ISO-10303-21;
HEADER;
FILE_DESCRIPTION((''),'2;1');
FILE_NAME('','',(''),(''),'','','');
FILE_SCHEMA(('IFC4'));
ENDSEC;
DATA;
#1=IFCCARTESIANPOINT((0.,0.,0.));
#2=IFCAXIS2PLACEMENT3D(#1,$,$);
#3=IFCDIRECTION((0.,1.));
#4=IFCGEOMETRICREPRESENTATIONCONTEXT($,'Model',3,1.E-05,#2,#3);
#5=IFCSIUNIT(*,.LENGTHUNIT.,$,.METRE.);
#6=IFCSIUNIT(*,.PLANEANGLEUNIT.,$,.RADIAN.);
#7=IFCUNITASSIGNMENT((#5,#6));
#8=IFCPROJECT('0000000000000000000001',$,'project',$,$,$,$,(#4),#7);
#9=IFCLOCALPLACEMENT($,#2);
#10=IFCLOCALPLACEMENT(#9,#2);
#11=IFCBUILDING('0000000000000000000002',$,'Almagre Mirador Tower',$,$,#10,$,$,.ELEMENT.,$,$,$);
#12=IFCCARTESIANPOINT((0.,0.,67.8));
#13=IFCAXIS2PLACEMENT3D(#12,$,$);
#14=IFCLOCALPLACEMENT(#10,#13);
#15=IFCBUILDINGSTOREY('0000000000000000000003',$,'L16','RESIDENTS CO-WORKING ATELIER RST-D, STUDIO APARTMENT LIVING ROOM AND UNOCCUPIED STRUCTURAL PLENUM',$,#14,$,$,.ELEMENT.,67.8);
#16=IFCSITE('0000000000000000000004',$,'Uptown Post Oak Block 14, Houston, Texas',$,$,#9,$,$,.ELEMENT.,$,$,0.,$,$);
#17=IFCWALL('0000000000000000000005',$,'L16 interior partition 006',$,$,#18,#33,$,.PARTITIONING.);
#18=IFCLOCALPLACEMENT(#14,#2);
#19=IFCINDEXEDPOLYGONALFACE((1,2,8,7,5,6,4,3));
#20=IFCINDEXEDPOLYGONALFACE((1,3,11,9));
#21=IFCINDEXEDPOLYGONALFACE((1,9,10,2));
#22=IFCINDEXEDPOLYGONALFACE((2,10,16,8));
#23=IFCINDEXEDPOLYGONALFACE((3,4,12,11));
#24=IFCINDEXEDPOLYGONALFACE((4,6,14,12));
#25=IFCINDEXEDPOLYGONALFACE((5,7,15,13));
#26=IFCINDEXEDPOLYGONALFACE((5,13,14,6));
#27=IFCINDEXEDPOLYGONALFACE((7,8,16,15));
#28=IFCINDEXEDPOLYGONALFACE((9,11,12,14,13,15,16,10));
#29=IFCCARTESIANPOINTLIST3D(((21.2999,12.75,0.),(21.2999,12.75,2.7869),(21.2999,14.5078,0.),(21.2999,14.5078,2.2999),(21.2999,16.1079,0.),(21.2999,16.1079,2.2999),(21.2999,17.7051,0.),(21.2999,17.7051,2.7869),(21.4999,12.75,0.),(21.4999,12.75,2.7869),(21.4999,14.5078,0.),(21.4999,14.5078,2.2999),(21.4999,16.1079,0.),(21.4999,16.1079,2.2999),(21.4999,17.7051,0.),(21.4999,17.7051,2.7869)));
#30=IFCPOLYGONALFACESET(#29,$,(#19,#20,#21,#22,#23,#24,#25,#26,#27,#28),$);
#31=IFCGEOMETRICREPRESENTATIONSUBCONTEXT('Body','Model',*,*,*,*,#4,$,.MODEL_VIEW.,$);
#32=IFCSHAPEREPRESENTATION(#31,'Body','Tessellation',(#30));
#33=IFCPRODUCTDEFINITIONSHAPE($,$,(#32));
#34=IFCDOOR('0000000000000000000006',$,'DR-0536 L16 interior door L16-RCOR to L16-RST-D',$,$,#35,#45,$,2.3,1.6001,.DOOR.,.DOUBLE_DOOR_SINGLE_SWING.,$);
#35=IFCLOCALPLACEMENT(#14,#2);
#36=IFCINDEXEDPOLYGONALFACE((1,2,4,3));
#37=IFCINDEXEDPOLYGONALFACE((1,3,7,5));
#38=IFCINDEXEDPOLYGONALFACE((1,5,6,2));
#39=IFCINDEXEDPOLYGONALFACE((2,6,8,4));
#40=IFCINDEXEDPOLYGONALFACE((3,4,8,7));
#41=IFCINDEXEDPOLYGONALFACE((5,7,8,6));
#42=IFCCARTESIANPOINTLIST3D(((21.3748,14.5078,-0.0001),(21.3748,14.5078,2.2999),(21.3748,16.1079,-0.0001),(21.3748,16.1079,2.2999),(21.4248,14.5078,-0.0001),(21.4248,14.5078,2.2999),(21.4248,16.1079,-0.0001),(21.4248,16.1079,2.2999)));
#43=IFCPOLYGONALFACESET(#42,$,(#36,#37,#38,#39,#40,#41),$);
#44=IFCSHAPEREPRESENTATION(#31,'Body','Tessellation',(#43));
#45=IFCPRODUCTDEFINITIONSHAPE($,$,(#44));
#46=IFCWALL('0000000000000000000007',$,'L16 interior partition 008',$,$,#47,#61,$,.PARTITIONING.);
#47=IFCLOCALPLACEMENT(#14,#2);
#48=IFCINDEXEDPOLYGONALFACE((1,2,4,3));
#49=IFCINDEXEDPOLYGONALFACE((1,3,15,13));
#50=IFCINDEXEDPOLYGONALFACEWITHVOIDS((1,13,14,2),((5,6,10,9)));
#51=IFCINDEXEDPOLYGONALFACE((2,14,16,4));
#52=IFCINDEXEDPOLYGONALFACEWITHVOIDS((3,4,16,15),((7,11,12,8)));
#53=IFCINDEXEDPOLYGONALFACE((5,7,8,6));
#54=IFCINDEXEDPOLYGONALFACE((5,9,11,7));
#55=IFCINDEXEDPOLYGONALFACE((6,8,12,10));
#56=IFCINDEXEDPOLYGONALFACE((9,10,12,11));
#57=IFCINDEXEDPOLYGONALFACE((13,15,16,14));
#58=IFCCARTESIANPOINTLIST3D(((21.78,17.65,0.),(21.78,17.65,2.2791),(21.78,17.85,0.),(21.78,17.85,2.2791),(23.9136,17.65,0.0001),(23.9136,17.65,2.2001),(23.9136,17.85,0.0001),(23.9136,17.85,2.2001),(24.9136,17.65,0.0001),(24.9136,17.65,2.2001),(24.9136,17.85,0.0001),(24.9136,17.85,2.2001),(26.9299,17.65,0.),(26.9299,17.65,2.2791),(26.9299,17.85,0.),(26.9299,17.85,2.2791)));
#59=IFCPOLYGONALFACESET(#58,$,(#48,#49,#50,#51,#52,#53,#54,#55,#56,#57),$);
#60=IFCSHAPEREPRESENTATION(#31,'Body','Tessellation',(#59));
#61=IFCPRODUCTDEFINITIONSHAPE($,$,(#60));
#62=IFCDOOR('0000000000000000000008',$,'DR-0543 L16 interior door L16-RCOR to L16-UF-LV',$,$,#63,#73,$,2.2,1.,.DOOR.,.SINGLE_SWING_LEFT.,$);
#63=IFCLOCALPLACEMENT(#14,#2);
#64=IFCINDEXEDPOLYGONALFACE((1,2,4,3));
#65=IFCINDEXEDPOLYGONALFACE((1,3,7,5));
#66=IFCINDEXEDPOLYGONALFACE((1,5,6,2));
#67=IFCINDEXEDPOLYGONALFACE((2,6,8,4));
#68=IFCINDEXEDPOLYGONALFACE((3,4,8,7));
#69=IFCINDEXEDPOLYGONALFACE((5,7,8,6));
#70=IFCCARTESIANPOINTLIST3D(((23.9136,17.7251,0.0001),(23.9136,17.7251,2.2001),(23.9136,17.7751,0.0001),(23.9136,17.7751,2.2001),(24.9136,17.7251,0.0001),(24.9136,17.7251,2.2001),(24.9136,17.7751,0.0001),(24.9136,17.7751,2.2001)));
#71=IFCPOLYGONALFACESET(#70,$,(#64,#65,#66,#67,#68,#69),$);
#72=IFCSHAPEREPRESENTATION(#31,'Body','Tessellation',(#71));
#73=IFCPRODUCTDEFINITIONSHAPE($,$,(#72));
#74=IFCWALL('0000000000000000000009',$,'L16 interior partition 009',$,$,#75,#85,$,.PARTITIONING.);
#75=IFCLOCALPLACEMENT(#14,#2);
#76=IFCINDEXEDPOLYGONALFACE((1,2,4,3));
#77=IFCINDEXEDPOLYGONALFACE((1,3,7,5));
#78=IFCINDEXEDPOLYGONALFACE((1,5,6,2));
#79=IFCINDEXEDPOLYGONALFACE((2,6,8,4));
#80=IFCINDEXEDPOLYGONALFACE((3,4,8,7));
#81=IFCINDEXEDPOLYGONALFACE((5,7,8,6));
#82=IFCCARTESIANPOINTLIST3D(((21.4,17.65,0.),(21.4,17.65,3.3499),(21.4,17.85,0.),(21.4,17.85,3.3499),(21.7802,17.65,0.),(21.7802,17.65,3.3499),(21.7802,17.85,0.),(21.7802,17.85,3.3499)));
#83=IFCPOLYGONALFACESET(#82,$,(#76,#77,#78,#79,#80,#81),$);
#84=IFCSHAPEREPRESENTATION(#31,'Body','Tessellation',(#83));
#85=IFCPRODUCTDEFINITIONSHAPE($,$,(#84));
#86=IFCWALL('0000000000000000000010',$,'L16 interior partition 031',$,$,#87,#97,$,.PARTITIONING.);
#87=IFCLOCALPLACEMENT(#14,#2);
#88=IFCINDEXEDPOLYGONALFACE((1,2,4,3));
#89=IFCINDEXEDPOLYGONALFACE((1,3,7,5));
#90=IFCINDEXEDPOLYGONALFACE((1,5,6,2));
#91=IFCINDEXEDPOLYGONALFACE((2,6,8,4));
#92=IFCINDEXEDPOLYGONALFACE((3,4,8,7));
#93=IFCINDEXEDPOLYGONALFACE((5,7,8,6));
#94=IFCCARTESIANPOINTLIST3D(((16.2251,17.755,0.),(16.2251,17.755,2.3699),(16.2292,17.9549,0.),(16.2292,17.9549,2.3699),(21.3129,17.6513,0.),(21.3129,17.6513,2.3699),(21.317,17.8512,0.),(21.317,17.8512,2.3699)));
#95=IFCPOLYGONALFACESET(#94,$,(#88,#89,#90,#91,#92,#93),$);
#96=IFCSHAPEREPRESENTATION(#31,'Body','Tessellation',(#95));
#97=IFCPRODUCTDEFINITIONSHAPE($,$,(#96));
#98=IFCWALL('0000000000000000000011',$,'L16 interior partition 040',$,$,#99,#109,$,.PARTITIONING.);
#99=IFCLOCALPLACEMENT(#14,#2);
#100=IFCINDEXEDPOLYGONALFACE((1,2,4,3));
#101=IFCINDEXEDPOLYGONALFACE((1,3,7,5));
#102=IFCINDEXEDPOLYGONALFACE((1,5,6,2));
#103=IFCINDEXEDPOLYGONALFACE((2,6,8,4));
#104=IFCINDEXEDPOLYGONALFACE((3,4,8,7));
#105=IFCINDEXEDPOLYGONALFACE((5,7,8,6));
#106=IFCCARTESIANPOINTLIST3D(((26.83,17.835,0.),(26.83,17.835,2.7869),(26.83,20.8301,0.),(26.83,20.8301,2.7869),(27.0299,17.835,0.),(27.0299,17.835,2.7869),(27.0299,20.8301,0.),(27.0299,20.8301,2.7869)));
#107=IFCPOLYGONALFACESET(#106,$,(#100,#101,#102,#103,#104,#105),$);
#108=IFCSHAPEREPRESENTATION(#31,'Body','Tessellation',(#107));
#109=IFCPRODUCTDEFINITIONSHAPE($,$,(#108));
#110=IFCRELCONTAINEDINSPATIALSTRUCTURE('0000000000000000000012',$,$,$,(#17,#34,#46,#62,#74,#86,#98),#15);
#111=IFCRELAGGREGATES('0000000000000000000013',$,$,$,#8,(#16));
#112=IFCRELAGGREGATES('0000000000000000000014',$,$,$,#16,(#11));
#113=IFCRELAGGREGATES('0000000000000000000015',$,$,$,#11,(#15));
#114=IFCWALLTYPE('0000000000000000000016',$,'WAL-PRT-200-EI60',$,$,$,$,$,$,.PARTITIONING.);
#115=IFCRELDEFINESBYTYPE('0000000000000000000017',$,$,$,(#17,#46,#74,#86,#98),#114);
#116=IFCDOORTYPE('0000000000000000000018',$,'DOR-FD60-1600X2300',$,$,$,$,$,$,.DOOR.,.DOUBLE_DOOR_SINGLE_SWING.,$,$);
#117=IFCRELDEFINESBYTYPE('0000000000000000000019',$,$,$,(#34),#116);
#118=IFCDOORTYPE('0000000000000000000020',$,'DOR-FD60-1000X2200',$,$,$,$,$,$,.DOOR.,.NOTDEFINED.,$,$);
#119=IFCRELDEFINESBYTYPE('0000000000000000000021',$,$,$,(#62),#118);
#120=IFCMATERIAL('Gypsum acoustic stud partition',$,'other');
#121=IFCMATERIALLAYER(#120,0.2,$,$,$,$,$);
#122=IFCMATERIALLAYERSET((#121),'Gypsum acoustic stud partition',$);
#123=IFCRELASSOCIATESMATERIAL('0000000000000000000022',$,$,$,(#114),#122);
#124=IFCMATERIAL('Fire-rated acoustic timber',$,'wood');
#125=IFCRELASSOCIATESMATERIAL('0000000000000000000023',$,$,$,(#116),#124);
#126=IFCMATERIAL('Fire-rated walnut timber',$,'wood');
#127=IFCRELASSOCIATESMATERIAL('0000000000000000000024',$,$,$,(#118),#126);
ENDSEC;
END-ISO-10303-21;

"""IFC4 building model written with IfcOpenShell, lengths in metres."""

from ifc_helpers import new_model, si_unit, direction, frame, frame_2d, origin, place, context, subcontext, project, spatial, rectangle, extrude, material, layer, layer_set, type_object, element, fill, save


model = new_model("IFC4")

# Units and contexts
model_context = context("Model", 3, precision=1e-05, world=origin(), true_north=direction((0.0, 1.0)))
body_context = subcontext(model_context, "Body", "Model", "MODEL_VIEW")
ifc_project = project(units=[si_unit("LENGTHUNIT", "METRE"), si_unit("PLANEANGLEUNIT", "RADIAN")], contexts=[model_context])

# Site, building, storey
site_placement = place(None, origin())
site = spatial("IfcSite", under=ifc_project, at=site_placement, Name="Uptown Post Oak Block 14, Houston, Texas", CompositionType="ELEMENT", RefElevation=0.0)
building_placement = place(site_placement, origin())
building = spatial("IfcBuilding", under=site, at=building_placement, Name="Almagre Mirador Tower", CompositionType="ELEMENT")
storey_placement = place(building_placement, frame((0.0, 0.0, 67.8)))
storey = spatial("IfcBuildingStorey", under=building, at=storey_placement, Name="L16", Description="RESIDENTS CO-WORKING ATELIER RST-D, STUDIO APARTMENT LIVING ROOM AND UNOCCUPIED STRUCTURAL PLENUM", CompositionType="ELEMENT", Elevation=67.8)

# Walls, openings, doors
ifc_material_1 = material(Name="Gypsum acoustic stud partition", Category="other")
ifc_layer_1 = layer(ifc_material_1, 0.2)
ifc_layer_set_1 = layer_set([ifc_layer_1], Name="Gypsum acoustic stud partition")
wall_type_1 = type_object("IfcWallType", Name="WAL-PRT-200-EI60", PredefinedType="PARTITIONING", material=ifc_layer_set_1)
wall_1_placement = place(storey_placement, frame((21.3999, 17.7051, 0.0), z_axis=(0.0, 0.0, 1.0), x_axis=(0.0, -1.0, 0.0)))
wall_1 = element("IfcWall", 1, at=wall_1_placement, inside=storey, type_object=wall_type_1, Name="L16 interior partition 006", PredefinedType="PARTITIONING", context=body_context, shape_type="SweptSolid", body=[
    extrude(rectangle(XDim=4.9551, YDim=0.2, at=frame_2d((2.4775, 0.0))), origin(), (0.0, 0.0, 1.0), 2.7869),
])
opening_1_placement = place(wall_1_placement, frame((1.5972, 0.0, 0.0)))
opening_1 = element("IfcOpeningElement", 2, at=opening_1_placement, cuts=wall_1, PredefinedType="OPENING", context=body_context, shape_type="SweptSolid", body=[
    extrude(rectangle(XDim=1.6001, YDim=2.3, at=frame_2d((0.8, 1.1499))), frame((0.0, 0.1101, 0.0), z_axis=(0.0, -1.0, 0.0), x_axis=(1.0, 0.0, 0.0)), (0.0, 0.0, 1.0), 0.22),
])
ifc_material_2 = material(Name="Fire-rated acoustic timber", Category="wood")
door_type_1 = type_object("IfcDoorType", Name="DOR-FD60-1600X2300", OperationType="DOUBLE_DOOR_SINGLE_SWING", PredefinedType="DOOR", material=ifc_material_2)
door_1_placement = place(opening_1_placement, origin())
door_1 = element("IfcDoor", 3, at=door_1_placement, inside=storey, type_object=door_type_1, Name="DR-0536 L16 interior door L16-RCOR to L16-RST-D", OperationType="DOUBLE_DOOR_SINGLE_SWING", OverallHeight=2.3, OverallWidth=1.6001, PredefinedType="DOOR", context=body_context, shape_type="SweptSolid", body=[
    extrude(rectangle(XDim=1.6001, YDim=2.3, at=frame_2d((0.8, 1.1499))), frame((0.0, 0.0249, 0.0), z_axis=(0.0, -1.0, 0.0), x_axis=(1.0, 0.0, 0.0)), (0.0, 0.0, 1.0), 0.05),
])
fill(opening_1, door_1)
wall_2_placement = place(storey_placement, frame((26.9299, 17.75, 0.0), z_axis=(0.0, 0.0, 1.0), x_axis=(-1.0, 0.0, 0.0)))
wall_2 = element("IfcWall", 4, at=wall_2_placement, inside=storey, type_object=wall_type_1, Name="L16 interior partition 008", PredefinedType="PARTITIONING", context=body_context, shape_type="SweptSolid", body=[
    extrude(rectangle(XDim=5.1499, YDim=0.2, at=frame_2d((2.575, 0.0))), origin(), (0.0, 0.0, 1.0), 2.2791),
])
opening_2_placement = place(wall_2_placement, frame((2.0164, 0.0, 0.0)))
opening_2 = element("IfcOpeningElement", 5, at=opening_2_placement, cuts=wall_2, PredefinedType="OPENING", context=body_context, shape_type="SweptSolid", body=[
    extrude(rectangle(XDim=1.0, YDim=2.2, at=frame_2d((0.5, 1.1001))), frame((0.0, 0.1101, 0.0), z_axis=(0.0, -1.0, 0.0), x_axis=(1.0, 0.0, 0.0)), (0.0, 0.0, 1.0), 0.22),
])
ifc_material_3 = material(Name="Fire-rated walnut timber", Category="wood")
door_type_2 = type_object("IfcDoorType", Name="DOR-FD60-1000X2200", OperationType="NOTDEFINED", PredefinedType="DOOR", material=ifc_material_3)
door_2_placement = place(opening_2_placement, origin())
door_2 = element("IfcDoor", 6, at=door_2_placement, inside=storey, type_object=door_type_2, Name="DR-0543 L16 interior door L16-RCOR to L16-UF-LV", OperationType="SINGLE_SWING_LEFT", OverallHeight=2.2, OverallWidth=1.0, PredefinedType="DOOR", context=body_context, shape_type="SweptSolid", body=[
    extrude(rectangle(XDim=1.0, YDim=2.2, at=frame_2d((0.5, 1.1001))), frame((0.0, 0.0249, 0.0), z_axis=(0.0, -1.0, 0.0), x_axis=(1.0, 0.0, 0.0)), (0.0, 0.0, 1.0), 0.05),
])
fill(opening_2, door_2)

# Walls
wall_3_placement = place(storey_placement, frame((21.78, 17.75, 0.0), z_axis=(0.0, 0.0, 1.0), x_axis=(-1.0, 0.0, 0.0)))
element("IfcWall", 7, at=wall_3_placement, inside=storey, type_object=wall_type_1, Name="L16 interior partition 009", PredefinedType="PARTITIONING", context=body_context, shape_type="SweptSolid", body=[
    extrude(rectangle(XDim=0.3801, YDim=0.2, at=frame_2d((0.1899, 0.0))), origin(), (0.0, 0.0, 1.0), 3.3499),
])
wall_4_placement = place(storey_placement, frame((21.3149, 17.7512, 0.0), z_axis=(0.0, 0.0, 1.0), x_axis=(-0.999792, 0.020389, 0.0)))
element("IfcWall", 8, at=wall_4_placement, inside=storey, type_object=wall_type_1, Name="L16 interior partition 031", PredefinedType="PARTITIONING", context=body_context, shape_type="SweptSolid", body=[
    extrude(rectangle(XDim=5.0889, YDim=0.2, at=frame_2d((2.5444, 0.0))), origin(), (0.0, 0.0, 1.0), 2.3699),
])
wall_5_placement = place(storey_placement, frame((26.9299, 17.835, 0.0), z_axis=(0.0, 0.0, 1.0), x_axis=(0.0, 1.0, 0.0)))
element("IfcWall", 9, at=wall_5_placement, inside=storey, type_object=wall_type_1, Name="L16 interior partition 040", PredefinedType="PARTITIONING", context=body_context, shape_type="SweptSolid", body=[
    extrude(rectangle(XDim=2.9951, YDim=0.2, at=frame_2d((1.4976, 0.0))), origin(), (0.0, 0.0, 1.0), 2.7869),
])

save(model, "model.ifc")
